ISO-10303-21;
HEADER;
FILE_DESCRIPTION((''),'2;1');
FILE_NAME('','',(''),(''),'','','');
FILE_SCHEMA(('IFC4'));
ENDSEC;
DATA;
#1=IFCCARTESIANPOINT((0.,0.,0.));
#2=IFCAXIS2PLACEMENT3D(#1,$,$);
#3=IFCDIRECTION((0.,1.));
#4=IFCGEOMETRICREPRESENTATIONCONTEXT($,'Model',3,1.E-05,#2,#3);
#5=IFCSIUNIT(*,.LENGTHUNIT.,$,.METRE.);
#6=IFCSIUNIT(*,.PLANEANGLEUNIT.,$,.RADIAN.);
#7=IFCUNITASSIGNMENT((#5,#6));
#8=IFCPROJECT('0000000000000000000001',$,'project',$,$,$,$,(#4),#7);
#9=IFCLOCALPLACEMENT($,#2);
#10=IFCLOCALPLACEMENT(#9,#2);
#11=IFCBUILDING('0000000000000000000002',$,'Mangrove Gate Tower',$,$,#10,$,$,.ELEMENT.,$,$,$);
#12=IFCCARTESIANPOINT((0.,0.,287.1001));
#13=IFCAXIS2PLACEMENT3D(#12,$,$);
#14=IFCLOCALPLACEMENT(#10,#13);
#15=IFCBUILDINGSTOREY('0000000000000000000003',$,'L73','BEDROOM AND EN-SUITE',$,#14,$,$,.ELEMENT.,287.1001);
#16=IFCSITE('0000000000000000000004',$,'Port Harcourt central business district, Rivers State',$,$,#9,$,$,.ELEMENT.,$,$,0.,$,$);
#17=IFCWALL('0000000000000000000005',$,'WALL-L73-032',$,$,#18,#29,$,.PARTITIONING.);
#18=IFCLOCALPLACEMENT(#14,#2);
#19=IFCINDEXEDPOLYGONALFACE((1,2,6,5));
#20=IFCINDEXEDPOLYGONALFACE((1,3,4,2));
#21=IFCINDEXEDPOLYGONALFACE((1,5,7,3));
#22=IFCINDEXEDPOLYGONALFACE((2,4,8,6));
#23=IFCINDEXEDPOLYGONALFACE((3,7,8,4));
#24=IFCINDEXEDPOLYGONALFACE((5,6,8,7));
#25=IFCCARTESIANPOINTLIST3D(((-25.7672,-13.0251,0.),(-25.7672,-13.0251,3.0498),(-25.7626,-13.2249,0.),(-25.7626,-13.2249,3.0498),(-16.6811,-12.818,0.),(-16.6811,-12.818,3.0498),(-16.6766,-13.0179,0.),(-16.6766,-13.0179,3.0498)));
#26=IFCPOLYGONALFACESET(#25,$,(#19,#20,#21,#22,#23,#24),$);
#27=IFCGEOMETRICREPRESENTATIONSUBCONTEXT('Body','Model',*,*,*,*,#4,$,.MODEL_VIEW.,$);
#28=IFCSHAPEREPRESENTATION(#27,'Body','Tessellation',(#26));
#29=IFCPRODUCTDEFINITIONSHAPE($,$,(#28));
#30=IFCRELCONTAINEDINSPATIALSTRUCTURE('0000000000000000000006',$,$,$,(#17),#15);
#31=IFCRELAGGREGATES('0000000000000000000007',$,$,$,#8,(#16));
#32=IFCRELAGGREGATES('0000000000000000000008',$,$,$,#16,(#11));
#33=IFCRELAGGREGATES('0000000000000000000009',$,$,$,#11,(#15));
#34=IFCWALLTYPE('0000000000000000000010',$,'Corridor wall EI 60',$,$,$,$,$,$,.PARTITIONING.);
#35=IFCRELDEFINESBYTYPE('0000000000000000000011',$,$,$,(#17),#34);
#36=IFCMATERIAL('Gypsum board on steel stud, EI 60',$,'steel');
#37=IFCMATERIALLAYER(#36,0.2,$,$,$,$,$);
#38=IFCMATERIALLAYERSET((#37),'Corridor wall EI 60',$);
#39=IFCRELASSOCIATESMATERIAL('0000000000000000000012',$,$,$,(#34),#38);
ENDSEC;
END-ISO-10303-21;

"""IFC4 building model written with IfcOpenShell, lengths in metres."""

from ifc_helpers import new_model, si_unit, direction, frame, frame_2d, origin, place, context, subcontext, project, spatial, rectangle, extrude, material, layer, layer_set, type_object, element, save


model = new_model("IFC4")

# Units and contexts
model_context = context("Model", 3, precision=1e-05, world=origin(), true_north=direction((0.0, 1.0)))
body_context = subcontext(model_context, "Body", "Model", "MODEL_VIEW")
ifc_project = project(units=[si_unit("LENGTHUNIT", "METRE"), si_unit("PLANEANGLEUNIT", "RADIAN")], contexts=[model_context])

# Site, building, storey
site_placement = place(None, origin())
site = spatial("IfcSite", under=ifc_project, at=site_placement, Name="Port Harcourt central business district, Rivers State", CompositionType="ELEMENT", RefElevation=0.0)
building_placement = place(site_placement, origin())
building = spatial("IfcBuilding", under=site, at=building_placement, Name="Mangrove Gate Tower", CompositionType="ELEMENT")
storey_placement = place(building_placement, frame((0.0, 0.0, 287.1001)))
storey = spatial("IfcBuildingStorey", under=building, at=storey_placement, Name="L73", Description="BEDROOM AND EN-SUITE", CompositionType="ELEMENT", Elevation=287.1001)

# Shared definitions
ifc_material_1 = material(Name="Gypsum board on steel stud, EI 60", Category="steel")
ifc_layer = layer(ifc_material_1, 0.2)
ifc_layer_set = layer_set([ifc_layer], Name="Corridor wall EI 60")
wall_type = type_object("IfcWallType", Name="Corridor wall EI 60", PredefinedType="PARTITIONING", material=ifc_layer_set)

# Wall
wall_1_placement = place(storey_placement, frame((-25.7649, -13.125, 0.0), z_axis=(0.0, 0.0, 1.0), x_axis=(0.999741, 0.02278, 0.0)))
element("IfcWall", 1, at=wall_1_placement, inside=storey, type_object=wall_type, Name="WALL-L73-032", PredefinedType="PARTITIONING", context=body_context, shape_type="SweptSolid", body=[
    extrude(rectangle(XDim=9.0884, YDim=0.2, at=frame_2d((4.5442, 0.0))), origin(), (0.0, 0.0, 1.0), 3.0498),
])

save(model, "model.ifc")
